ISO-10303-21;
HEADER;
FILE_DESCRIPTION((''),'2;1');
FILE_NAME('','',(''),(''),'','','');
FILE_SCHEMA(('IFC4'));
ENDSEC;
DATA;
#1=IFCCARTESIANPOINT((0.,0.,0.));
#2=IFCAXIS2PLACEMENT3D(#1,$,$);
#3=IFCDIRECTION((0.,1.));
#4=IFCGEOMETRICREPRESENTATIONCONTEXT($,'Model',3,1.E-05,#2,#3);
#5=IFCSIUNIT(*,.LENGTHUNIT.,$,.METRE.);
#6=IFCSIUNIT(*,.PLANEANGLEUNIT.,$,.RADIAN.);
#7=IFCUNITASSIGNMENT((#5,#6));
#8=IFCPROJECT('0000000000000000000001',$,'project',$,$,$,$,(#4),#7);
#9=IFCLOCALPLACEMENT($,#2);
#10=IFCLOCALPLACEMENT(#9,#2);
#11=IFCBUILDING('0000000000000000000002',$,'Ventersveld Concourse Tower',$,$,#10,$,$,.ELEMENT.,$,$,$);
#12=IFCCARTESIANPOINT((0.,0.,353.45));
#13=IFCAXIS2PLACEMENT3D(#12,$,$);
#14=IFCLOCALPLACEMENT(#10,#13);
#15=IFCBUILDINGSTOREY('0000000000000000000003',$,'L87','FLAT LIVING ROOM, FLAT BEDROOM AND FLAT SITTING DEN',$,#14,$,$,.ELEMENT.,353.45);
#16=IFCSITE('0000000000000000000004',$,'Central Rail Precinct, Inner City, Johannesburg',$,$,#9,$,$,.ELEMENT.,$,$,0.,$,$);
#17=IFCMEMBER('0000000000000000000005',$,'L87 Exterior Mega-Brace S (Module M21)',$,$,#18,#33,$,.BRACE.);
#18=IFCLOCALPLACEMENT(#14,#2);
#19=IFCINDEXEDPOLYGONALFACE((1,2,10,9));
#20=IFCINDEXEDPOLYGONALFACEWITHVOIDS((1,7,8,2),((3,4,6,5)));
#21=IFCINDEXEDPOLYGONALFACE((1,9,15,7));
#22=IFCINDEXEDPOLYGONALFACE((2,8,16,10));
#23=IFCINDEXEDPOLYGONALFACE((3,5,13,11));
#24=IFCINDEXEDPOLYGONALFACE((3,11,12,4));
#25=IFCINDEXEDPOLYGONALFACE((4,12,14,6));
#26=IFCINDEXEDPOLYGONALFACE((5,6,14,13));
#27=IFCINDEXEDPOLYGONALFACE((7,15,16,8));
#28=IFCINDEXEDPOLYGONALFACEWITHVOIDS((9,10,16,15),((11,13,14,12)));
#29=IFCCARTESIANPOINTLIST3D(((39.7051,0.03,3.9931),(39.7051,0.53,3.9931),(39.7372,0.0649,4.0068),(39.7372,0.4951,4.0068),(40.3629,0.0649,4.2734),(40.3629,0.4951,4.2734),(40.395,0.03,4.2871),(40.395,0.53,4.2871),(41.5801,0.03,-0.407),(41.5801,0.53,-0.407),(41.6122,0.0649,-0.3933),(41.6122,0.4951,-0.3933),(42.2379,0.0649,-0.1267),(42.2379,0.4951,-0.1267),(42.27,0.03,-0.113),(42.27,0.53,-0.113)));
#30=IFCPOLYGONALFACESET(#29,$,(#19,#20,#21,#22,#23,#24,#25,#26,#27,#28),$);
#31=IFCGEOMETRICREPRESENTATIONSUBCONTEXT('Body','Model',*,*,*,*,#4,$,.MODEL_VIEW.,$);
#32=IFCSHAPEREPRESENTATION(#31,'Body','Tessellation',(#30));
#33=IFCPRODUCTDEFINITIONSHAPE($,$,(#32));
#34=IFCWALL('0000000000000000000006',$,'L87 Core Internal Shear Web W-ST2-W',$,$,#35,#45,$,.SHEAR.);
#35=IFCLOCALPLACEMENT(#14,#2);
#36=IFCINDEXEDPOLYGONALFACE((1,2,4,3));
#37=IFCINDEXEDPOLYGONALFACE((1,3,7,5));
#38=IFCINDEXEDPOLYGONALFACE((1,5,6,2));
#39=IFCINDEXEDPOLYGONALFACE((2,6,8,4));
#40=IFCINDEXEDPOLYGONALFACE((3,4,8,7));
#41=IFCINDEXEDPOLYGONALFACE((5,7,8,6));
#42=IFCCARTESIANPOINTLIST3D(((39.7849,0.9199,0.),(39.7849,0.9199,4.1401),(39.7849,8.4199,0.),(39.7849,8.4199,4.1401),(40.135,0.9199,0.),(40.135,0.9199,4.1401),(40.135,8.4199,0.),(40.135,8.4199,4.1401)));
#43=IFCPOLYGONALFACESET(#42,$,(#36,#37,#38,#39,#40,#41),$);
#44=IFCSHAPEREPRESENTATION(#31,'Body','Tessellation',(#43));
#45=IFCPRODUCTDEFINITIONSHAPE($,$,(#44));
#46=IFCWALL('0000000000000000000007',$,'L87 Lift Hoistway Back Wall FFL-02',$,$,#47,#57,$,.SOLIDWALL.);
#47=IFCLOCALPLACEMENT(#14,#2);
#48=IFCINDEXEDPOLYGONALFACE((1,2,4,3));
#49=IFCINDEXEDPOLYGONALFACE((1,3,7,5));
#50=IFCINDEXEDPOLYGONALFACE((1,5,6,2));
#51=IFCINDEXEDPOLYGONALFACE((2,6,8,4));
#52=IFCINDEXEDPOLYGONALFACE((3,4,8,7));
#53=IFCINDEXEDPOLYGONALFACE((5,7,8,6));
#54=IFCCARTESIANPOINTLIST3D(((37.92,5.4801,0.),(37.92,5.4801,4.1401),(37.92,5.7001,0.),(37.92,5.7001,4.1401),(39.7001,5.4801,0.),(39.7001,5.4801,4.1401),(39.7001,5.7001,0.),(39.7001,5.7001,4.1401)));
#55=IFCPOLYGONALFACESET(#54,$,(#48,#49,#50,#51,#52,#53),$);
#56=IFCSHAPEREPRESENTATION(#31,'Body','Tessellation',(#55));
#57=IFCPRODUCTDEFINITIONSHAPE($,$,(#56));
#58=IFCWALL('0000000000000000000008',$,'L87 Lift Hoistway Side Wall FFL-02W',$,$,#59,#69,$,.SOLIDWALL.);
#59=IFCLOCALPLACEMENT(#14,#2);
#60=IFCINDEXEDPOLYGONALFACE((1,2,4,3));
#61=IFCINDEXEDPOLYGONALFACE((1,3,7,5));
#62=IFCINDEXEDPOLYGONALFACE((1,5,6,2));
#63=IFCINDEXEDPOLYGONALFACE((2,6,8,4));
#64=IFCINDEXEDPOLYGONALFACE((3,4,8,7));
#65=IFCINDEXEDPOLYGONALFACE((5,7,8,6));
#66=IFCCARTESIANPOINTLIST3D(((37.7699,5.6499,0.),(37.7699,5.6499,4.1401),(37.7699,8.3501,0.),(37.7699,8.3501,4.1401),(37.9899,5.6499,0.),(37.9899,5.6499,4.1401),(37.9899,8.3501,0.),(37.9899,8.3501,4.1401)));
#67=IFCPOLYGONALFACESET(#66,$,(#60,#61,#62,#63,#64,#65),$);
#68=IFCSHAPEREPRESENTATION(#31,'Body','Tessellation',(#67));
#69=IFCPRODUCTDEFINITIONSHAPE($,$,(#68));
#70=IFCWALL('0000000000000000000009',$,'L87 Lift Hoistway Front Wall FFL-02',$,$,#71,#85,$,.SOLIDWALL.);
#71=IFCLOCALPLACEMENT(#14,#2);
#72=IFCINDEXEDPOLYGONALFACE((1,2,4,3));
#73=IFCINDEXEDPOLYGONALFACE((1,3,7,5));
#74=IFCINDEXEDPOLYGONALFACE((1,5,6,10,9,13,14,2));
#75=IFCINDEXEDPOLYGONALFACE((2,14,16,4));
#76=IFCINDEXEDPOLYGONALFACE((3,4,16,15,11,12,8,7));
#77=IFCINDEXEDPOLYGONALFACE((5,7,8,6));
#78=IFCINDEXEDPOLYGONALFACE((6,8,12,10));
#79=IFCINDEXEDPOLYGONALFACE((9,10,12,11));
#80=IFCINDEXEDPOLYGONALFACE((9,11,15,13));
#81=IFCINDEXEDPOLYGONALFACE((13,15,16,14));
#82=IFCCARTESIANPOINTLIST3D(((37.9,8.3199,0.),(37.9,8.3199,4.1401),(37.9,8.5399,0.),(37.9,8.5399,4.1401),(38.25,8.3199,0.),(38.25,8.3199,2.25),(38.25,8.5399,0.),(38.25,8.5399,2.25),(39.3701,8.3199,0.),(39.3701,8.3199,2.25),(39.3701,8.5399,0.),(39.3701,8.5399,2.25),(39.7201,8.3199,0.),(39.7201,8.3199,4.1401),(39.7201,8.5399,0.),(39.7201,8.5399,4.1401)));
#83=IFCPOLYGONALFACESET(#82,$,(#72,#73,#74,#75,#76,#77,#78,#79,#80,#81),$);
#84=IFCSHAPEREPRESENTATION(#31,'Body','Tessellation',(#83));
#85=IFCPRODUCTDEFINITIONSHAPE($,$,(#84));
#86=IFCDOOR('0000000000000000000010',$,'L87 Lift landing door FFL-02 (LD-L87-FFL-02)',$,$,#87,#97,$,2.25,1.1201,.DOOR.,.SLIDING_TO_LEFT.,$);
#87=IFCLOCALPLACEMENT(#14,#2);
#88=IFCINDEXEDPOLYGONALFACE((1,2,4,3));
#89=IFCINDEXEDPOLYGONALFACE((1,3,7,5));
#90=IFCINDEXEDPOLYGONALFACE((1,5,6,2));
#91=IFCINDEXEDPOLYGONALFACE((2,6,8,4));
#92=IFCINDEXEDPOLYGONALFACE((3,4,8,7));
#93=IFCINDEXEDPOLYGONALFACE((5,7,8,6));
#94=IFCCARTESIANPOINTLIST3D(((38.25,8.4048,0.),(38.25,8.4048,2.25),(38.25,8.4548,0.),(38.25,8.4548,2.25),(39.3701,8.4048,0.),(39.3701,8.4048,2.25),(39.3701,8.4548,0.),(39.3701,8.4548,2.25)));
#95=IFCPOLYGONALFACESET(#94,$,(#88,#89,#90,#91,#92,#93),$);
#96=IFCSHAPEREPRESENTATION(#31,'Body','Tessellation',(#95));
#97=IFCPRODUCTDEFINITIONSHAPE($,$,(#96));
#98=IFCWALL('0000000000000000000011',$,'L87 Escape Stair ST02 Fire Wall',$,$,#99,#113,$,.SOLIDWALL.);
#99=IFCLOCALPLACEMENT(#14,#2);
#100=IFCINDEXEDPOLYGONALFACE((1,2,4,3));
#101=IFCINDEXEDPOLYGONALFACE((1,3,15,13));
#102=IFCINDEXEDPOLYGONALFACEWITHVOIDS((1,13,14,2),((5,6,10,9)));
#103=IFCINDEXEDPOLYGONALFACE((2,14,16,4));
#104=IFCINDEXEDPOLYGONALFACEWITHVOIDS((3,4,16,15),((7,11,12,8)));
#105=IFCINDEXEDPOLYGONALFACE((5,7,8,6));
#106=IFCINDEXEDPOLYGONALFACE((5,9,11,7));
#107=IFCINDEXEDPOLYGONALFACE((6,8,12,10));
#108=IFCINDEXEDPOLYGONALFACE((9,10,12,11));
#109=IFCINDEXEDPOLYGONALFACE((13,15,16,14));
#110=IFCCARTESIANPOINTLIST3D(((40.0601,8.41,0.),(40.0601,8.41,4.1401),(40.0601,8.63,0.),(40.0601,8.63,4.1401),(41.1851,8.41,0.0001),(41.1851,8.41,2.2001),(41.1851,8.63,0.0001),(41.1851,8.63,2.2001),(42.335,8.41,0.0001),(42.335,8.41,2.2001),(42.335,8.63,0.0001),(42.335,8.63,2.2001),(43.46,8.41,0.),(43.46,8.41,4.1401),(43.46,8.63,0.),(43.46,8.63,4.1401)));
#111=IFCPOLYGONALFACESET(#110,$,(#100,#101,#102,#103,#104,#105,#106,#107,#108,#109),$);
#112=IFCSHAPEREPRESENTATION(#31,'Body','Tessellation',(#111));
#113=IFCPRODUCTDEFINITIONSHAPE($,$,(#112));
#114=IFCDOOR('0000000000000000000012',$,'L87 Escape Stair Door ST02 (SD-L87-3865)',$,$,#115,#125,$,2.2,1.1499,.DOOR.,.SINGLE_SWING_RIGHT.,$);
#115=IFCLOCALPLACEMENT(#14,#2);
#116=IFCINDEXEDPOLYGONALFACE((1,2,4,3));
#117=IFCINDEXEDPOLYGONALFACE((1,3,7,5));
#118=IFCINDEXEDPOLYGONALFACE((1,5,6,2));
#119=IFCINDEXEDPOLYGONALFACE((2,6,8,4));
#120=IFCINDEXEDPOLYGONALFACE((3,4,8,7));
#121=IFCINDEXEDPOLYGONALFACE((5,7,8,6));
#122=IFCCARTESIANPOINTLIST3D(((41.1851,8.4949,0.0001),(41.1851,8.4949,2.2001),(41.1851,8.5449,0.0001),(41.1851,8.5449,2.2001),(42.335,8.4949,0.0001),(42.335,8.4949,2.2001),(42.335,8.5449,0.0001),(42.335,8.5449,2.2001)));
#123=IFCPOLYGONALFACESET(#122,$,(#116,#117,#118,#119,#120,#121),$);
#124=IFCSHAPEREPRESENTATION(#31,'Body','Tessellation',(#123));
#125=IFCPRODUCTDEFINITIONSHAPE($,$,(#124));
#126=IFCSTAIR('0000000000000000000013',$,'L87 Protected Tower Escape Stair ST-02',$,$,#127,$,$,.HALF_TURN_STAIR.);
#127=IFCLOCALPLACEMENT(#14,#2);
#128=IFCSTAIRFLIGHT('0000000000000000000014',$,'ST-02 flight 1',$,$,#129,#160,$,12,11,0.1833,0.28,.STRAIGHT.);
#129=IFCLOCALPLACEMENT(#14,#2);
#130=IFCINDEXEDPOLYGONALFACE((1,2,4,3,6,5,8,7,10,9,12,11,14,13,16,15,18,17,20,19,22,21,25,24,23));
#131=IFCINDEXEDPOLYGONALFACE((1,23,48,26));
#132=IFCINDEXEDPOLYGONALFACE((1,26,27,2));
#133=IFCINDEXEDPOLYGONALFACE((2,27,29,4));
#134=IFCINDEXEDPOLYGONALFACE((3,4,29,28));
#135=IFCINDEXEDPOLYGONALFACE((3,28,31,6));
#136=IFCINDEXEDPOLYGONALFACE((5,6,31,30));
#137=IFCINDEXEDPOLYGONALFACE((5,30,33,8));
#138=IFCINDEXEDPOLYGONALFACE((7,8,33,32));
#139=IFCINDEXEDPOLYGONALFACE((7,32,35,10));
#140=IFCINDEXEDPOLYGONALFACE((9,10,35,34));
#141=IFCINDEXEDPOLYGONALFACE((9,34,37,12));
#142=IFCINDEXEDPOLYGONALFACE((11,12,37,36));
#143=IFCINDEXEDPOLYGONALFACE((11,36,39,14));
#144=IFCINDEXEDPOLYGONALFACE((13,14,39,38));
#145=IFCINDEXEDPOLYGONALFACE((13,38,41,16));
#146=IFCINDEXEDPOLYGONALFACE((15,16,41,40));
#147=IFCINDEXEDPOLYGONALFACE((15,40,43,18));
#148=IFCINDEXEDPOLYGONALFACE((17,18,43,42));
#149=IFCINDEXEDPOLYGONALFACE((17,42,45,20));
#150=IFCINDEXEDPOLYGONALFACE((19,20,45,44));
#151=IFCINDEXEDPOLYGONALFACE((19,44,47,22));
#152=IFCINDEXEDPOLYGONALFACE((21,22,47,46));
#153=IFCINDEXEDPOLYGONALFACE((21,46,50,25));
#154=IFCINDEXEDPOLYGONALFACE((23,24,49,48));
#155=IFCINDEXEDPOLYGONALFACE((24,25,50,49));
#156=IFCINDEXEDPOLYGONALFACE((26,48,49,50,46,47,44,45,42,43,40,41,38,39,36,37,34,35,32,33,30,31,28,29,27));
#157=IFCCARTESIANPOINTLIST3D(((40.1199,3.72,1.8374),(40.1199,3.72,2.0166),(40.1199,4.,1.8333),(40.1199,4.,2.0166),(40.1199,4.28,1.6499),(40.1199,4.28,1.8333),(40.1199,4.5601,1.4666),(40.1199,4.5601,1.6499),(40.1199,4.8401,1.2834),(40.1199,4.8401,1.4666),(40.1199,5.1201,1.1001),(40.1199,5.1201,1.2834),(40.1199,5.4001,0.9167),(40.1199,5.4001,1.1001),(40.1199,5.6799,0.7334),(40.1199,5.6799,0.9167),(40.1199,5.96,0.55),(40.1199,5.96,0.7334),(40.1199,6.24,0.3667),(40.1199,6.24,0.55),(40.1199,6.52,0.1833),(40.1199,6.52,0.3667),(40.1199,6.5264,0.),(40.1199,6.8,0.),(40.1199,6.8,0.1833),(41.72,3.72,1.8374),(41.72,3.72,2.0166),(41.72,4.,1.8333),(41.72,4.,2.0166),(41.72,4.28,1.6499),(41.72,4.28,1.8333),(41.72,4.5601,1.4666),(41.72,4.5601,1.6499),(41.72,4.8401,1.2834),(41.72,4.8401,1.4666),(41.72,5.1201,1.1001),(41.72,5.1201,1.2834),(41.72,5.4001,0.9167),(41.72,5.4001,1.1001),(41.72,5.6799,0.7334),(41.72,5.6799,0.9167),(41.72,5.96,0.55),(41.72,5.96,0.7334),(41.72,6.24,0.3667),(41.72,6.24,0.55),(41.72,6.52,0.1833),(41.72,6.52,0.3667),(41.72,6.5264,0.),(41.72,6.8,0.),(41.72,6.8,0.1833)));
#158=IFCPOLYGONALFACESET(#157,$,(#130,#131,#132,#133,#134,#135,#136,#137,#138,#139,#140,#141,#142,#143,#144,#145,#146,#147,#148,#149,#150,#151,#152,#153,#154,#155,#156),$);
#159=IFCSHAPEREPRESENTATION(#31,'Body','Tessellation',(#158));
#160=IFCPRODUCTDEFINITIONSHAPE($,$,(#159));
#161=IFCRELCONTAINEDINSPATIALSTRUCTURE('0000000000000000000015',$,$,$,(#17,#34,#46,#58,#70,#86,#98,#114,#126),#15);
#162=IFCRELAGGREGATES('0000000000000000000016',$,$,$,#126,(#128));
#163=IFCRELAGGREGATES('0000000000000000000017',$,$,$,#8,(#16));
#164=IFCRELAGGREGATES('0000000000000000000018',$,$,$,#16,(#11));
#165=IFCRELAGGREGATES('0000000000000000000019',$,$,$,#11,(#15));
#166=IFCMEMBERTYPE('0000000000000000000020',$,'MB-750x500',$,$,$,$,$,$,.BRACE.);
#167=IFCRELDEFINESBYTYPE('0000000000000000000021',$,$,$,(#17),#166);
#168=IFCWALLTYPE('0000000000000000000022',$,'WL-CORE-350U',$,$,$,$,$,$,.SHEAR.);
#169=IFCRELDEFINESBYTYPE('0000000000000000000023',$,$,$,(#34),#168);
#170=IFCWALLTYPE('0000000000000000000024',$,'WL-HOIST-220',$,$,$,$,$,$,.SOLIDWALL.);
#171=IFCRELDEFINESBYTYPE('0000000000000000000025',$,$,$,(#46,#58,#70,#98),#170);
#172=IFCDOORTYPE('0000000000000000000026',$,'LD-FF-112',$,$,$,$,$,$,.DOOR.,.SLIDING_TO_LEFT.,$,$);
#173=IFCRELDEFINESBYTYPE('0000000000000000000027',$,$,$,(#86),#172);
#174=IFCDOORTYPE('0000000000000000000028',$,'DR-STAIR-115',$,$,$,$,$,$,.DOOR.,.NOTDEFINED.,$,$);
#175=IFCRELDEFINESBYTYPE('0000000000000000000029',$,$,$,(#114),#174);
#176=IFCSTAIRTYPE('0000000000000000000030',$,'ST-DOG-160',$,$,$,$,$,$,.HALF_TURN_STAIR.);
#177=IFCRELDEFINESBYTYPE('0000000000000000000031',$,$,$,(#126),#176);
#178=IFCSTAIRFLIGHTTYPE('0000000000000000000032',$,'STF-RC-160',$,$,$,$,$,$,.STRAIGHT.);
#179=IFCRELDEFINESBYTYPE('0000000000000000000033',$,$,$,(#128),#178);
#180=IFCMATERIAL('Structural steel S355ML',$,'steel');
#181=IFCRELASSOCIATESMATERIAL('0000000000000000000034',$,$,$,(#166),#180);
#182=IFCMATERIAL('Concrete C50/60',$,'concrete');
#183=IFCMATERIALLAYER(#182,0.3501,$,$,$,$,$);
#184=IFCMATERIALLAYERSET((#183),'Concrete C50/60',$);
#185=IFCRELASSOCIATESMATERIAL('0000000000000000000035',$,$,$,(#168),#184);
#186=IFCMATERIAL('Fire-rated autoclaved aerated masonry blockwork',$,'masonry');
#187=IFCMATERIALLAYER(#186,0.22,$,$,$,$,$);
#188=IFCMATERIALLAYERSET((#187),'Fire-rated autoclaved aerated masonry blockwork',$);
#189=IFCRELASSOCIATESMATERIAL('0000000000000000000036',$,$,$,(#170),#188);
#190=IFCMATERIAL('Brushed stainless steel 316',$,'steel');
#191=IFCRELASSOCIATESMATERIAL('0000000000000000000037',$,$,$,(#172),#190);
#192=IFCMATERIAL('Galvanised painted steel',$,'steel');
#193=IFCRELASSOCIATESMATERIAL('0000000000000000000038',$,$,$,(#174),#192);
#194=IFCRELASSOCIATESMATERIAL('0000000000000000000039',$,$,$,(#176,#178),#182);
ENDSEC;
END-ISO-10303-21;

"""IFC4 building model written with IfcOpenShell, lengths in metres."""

from ifc_helpers import new_model, si_unit, direction, frame, frame_2d, origin, origin_2d, place, context, subcontext, project, spatial, polyline, rectangle, hollow_rectangle, outline, extrude, material, layer, layer_set, material_profile, profile_set, type_object, element, fill, aggregate, save


model = new_model("IFC4")

# Units and contexts
model_context = context("Model", 3, precision=1e-05, world=origin(), true_north=direction((0.0, 1.0)))
body_context = subcontext(model_context, "Body", "Model", "MODEL_VIEW")
ifc_project = project(units=[si_unit("LENGTHUNIT", "METRE"), si_unit("PLANEANGLEUNIT", "RADIAN")], contexts=[model_context])

# Site, building, storey
site_placement = place(None, origin())
site = spatial("IfcSite", under=ifc_project, at=site_placement, Name="Central Rail Precinct, Inner City, Johannesburg", CompositionType="ELEMENT", RefElevation=0.0)
building_placement = place(site_placement, origin())
building = spatial("IfcBuilding", under=site, at=building_placement, Name="Ventersveld Concourse Tower", CompositionType="ELEMENT")
storey_placement = place(building_placement, frame((0.0, 0.0, 353.45)))
storey = spatial("IfcBuildingStorey", under=building, at=storey_placement, Name="L87", Description="FLAT LIVING ROOM, FLAT BEDROOM AND FLAT SITTING DEN", CompositionType="ELEMENT", Elevation=353.45)

# Member
ifc_material_1 = material(Name="Structural steel S355ML", Category="steel")
ifc_material_profile = material_profile(ifc_material_1, hollow_rectangle(XDim=0.5, YDim=0.75, WallThickness=0.0349, at=origin_2d()), Name="BOX 750x500x35")
ifc_profile_set = profile_set([ifc_material_profile], Name="Structural steel S355ML")
member_type = type_object("IfcMemberType", Name="MB-750x500", PredefinedType="BRACE", material=ifc_profile_set)
member_placement = place(storey_placement, frame((41.925, 0.28, -0.26), z_axis=(-0.392015, 0.0, 0.919959), x_axis=(0.0, -1.0, 0.0)))
element("IfcMember", 1, at=member_placement, inside=storey, type_object=member_type, Name="L87 Exterior Mega-Brace S (Module M21)", PredefinedType="BRACE", context=body_context, shape_type="SweptSolid", body=[
    extrude(hollow_rectangle(XDim=0.5, YDim=0.75, WallThickness=0.0349, at=origin_2d()), origin(), (0.0, 0.0, 1.0), 4.783),
])

# Walls
ifc_material_2 = material(Name="Concrete C50/60", Category="concrete")
ifc_layer_1 = layer(ifc_material_2, 0.3501)
ifc_layer_set_1 = layer_set([ifc_layer_1], Name="Concrete C50/60")
wall_type_1 = type_object("IfcWallType", Name="WL-CORE-350U", PredefinedType="SHEAR", material=ifc_layer_set_1)
wall_1_placement = place(storey_placement, frame((39.96, 0.9199, 0.0), z_axis=(0.0, 0.0, 1.0), x_axis=(0.0, 1.0, 0.0)))
element("IfcWall", 2, at=wall_1_placement, inside=storey, type_object=wall_type_1, Name="L87 Core Internal Shear Web W-ST2-W", PredefinedType="SHEAR", context=body_context, shape_type="SweptSolid", body=[
    extrude(rectangle(XDim=7.5, YDim=0.3501, at=frame_2d((3.75, 0.0))), origin(), (0.0, 0.0, 1.0), 4.1401),
])
ifc_material_3 = material(Name="Fire-rated autoclaved aerated masonry blockwork", Category="masonry")
ifc_layer_2 = layer(ifc_material_3, 0.22)
ifc_layer_set_2 = layer_set([ifc_layer_2], Name="Fire-rated autoclaved aerated masonry blockwork")
wall_type_2 = type_object("IfcWallType", Name="WL-HOIST-220", PredefinedType="SOLIDWALL", material=ifc_layer_set_2)
wall_2_placement = place(storey_placement, frame((37.9199, 5.5901, 0.0), z_axis=(0.0, 0.0, 1.0), x_axis=(1.0, 0.0, 0.0)))
element("IfcWall", 3, at=wall_2_placement, inside=storey, type_object=wall_type_2, Name="L87 Lift Hoistway Back Wall FFL-02", PredefinedType="SOLIDWALL", context=body_context, shape_type="SweptSolid", body=[
    extrude(rectangle(XDim=1.78, YDim=0.22, at=frame_2d((0.8901, 0.0))), origin(), (0.0, 0.0, 1.0), 4.1401),
])
wall_3_placement = place(storey_placement, frame((37.8799, 5.6499, 0.0), z_axis=(0.0, 0.0, 1.0), x_axis=(0.0, 1.0, 0.0)))
element("IfcWall", 4, at=wall_3_placement, inside=storey, type_object=wall_type_2, Name="L87 Lift Hoistway Side Wall FFL-02W", PredefinedType="SOLIDWALL", context=body_context, shape_type="SweptSolid", body=[
    extrude(rectangle(XDim=2.7002, YDim=0.22, at=frame_2d((1.3501, 0.0))), origin(), (0.0, 0.0, 1.0), 4.1401),
])

# Walls, openings, doors
wall_4_placement = place(storey_placement, frame((37.8999, 8.4299, 0.0), z_axis=(0.0, 0.0, 1.0), x_axis=(1.0, 0.0, 0.0)))
wall_4 = element("IfcWall", 5, at=wall_4_placement, inside=storey, type_object=wall_type_2, Name="L87 Lift Hoistway Front Wall FFL-02", PredefinedType="SOLIDWALL", context=body_context, shape_type="SweptSolid", body=[
    extrude(rectangle(XDim=1.8201, YDim=0.22, at=frame_2d((0.9102, 0.0))), origin(), (0.0, 0.0, 1.0), 4.1401),
])
opening_1_placement = place(wall_4_placement, frame((0.3501, 0.0, 0.0)))
opening_1 = element("IfcOpeningElement", 6, at=opening_1_placement, cuts=wall_4, PredefinedType="OPENING", context=body_context, shape_type="SweptSolid", body=[
    extrude(rectangle(XDim=1.1201, YDim=2.25, at=frame_2d((0.5601, 1.125))), frame((0.0, 0.1201, 0.0), z_axis=(0.0, -1.0, 0.0), x_axis=(1.0, 0.0, 0.0)), (0.0, 0.0, 1.0), 0.24),
])
ifc_material_4 = material(Name="Brushed stainless steel 316", Category="steel")
door_type_1 = type_object("IfcDoorType", Name="LD-FF-112", OperationType="SLIDING_TO_LEFT", PredefinedType="DOOR", material=ifc_material_4)
door_1_placement = place(opening_1_placement, origin())
door_1 = element("IfcDoor", 7, at=door_1_placement, inside=storey, type_object=door_type_1, Name="L87 Lift landing door FFL-02 (LD-L87-FFL-02)", OperationType="SLIDING_TO_LEFT", OverallHeight=2.25, OverallWidth=1.1201, PredefinedType="DOOR", context=body_context, shape_type="SweptSolid", body=[
    extrude(rectangle(XDim=1.1201, YDim=2.25, at=frame_2d((0.5601, 1.125))), frame((0.0, 0.0249, 0.0), z_axis=(0.0, -1.0, 0.0), x_axis=(1.0, 0.0, 0.0)), (0.0, 0.0, 1.0), 0.05),
])
fill(opening_1, door_1)
wall_5_placement = place(storey_placement, frame((40.0601, 8.52, 0.0), z_axis=(0.0, 0.0, 1.0), x_axis=(1.0, 0.0, 0.0)))
wall_5 = element("IfcWall", 8, at=wall_5_placement, inside=storey, type_object=wall_type_2, Name="L87 Escape Stair ST02 Fire Wall", PredefinedType="SOLIDWALL", context=body_context, shape_type="SweptSolid", body=[
    extrude(rectangle(XDim=3.3999, YDim=0.22, at=frame_2d((1.7, 0.0))), origin(), (0.0, 0.0, 1.0), 4.1401),
])
opening_2_placement = place(wall_5_placement, frame((1.125, 0.0, 0.0)))
opening_2 = element("IfcOpeningElement", 9, at=opening_2_placement, cuts=wall_5, PredefinedType="OPENING", context=body_context, shape_type="SweptSolid", body=[
    extrude(rectangle(XDim=1.1499, YDim=2.2, at=frame_2d((0.575, 1.1001))), frame((0.0, 0.1201, 0.0), z_axis=(0.0, -1.0, 0.0), x_axis=(1.0, 0.0, 0.0)), (0.0, 0.0, 1.0), 0.24),
])
ifc_material_5 = material(Name="Galvanised painted steel", Category="steel")
door_type_2 = type_object("IfcDoorType", Name="DR-STAIR-115", OperationType="NOTDEFINED", PredefinedType="DOOR", material=ifc_material_5)
door_2_placement = place(opening_2_placement, origin())
door_2 = element("IfcDoor", 10, at=door_2_placement, inside=storey, type_object=door_type_2, Name="L87 Escape Stair Door ST02 (SD-L87-3865)", OperationType="SINGLE_SWING_RIGHT", OverallHeight=2.2, OverallWidth=1.1499, PredefinedType="DOOR", context=body_context, shape_type="SweptSolid", body=[
    extrude(rectangle(XDim=1.1499, YDim=2.2, at=frame_2d((0.575, 1.1001))), frame((0.0, 0.0249, 0.0), z_axis=(0.0, -1.0, 0.0), x_axis=(1.0, 0.0, 0.0)), (0.0, 0.0, 1.0), 0.05),
])
fill(opening_2, door_2)

# Stair, stair flight
stair_type = type_object("IfcStairType", Name="ST-DOG-160", PredefinedType="HALF_TURN_STAIR", material=ifc_material_2)
stair_placement = place(storey_placement, origin())
stair = element("IfcStair", 11, at=stair_placement, inside=storey, type_object=stair_type, Name="L87 Protected Tower Escape Stair ST-02", PredefinedType="HALF_TURN_STAIR")
stair_flight_type = type_object("IfcStairFlightType", Name="STF-RC-160", PredefinedType="STRAIGHT", material=ifc_material_2)
stair_flight_placement = place(storey_placement, frame((40.9199, 6.8, 0.0), z_axis=(0.0, 0.0, 1.0), x_axis=(0.0, -1.0, 0.0)))
stair_flight = element("IfcStairFlight", 12, at=stair_flight_placement, type_object=stair_flight_type, Name="ST-02 flight 1", NumberOfRisers=12, NumberOfTreads=11, PredefinedType="STRAIGHT", RiserHeight=0.1833, TreadLength=0.28, context=body_context, shape_type="SweptSolid", body=[
    extrude(outline(polyline([(0.0, 0.0), (0.0, 0.1833), (0.28, 0.1833), (0.28, 0.3667), (0.5601, 0.3667), (0.5601, 0.55), (0.8401, 0.55), (0.8401, 0.7334), (1.1201, 0.7334), (1.1201, 0.9167), (1.3999, 0.9167), (1.3999, 1.1001), (1.6799, 1.1001), (1.6799, 1.2834), (1.96, 1.2834), (1.96, 1.4666), (2.24, 1.4666), (2.24, 1.6499), (2.52, 1.6499), (2.52, 1.8333), (2.8, 1.8333), (2.8, 2.0166), (3.0801, 2.0166), (3.0801, 2.2), (3.0801, 1.8374), (0.2737, 0.0), (0.0, 0.0)])), frame((0.0, 0.8, 0.0), z_axis=(0.0, -1.0, 0.0), x_axis=(1.0, 0.0, 0.0)), (0.0, 0.0, 1.0), 1.6001),
])
aggregate(stair, [stair_flight])

save(model, "model.ifc")
